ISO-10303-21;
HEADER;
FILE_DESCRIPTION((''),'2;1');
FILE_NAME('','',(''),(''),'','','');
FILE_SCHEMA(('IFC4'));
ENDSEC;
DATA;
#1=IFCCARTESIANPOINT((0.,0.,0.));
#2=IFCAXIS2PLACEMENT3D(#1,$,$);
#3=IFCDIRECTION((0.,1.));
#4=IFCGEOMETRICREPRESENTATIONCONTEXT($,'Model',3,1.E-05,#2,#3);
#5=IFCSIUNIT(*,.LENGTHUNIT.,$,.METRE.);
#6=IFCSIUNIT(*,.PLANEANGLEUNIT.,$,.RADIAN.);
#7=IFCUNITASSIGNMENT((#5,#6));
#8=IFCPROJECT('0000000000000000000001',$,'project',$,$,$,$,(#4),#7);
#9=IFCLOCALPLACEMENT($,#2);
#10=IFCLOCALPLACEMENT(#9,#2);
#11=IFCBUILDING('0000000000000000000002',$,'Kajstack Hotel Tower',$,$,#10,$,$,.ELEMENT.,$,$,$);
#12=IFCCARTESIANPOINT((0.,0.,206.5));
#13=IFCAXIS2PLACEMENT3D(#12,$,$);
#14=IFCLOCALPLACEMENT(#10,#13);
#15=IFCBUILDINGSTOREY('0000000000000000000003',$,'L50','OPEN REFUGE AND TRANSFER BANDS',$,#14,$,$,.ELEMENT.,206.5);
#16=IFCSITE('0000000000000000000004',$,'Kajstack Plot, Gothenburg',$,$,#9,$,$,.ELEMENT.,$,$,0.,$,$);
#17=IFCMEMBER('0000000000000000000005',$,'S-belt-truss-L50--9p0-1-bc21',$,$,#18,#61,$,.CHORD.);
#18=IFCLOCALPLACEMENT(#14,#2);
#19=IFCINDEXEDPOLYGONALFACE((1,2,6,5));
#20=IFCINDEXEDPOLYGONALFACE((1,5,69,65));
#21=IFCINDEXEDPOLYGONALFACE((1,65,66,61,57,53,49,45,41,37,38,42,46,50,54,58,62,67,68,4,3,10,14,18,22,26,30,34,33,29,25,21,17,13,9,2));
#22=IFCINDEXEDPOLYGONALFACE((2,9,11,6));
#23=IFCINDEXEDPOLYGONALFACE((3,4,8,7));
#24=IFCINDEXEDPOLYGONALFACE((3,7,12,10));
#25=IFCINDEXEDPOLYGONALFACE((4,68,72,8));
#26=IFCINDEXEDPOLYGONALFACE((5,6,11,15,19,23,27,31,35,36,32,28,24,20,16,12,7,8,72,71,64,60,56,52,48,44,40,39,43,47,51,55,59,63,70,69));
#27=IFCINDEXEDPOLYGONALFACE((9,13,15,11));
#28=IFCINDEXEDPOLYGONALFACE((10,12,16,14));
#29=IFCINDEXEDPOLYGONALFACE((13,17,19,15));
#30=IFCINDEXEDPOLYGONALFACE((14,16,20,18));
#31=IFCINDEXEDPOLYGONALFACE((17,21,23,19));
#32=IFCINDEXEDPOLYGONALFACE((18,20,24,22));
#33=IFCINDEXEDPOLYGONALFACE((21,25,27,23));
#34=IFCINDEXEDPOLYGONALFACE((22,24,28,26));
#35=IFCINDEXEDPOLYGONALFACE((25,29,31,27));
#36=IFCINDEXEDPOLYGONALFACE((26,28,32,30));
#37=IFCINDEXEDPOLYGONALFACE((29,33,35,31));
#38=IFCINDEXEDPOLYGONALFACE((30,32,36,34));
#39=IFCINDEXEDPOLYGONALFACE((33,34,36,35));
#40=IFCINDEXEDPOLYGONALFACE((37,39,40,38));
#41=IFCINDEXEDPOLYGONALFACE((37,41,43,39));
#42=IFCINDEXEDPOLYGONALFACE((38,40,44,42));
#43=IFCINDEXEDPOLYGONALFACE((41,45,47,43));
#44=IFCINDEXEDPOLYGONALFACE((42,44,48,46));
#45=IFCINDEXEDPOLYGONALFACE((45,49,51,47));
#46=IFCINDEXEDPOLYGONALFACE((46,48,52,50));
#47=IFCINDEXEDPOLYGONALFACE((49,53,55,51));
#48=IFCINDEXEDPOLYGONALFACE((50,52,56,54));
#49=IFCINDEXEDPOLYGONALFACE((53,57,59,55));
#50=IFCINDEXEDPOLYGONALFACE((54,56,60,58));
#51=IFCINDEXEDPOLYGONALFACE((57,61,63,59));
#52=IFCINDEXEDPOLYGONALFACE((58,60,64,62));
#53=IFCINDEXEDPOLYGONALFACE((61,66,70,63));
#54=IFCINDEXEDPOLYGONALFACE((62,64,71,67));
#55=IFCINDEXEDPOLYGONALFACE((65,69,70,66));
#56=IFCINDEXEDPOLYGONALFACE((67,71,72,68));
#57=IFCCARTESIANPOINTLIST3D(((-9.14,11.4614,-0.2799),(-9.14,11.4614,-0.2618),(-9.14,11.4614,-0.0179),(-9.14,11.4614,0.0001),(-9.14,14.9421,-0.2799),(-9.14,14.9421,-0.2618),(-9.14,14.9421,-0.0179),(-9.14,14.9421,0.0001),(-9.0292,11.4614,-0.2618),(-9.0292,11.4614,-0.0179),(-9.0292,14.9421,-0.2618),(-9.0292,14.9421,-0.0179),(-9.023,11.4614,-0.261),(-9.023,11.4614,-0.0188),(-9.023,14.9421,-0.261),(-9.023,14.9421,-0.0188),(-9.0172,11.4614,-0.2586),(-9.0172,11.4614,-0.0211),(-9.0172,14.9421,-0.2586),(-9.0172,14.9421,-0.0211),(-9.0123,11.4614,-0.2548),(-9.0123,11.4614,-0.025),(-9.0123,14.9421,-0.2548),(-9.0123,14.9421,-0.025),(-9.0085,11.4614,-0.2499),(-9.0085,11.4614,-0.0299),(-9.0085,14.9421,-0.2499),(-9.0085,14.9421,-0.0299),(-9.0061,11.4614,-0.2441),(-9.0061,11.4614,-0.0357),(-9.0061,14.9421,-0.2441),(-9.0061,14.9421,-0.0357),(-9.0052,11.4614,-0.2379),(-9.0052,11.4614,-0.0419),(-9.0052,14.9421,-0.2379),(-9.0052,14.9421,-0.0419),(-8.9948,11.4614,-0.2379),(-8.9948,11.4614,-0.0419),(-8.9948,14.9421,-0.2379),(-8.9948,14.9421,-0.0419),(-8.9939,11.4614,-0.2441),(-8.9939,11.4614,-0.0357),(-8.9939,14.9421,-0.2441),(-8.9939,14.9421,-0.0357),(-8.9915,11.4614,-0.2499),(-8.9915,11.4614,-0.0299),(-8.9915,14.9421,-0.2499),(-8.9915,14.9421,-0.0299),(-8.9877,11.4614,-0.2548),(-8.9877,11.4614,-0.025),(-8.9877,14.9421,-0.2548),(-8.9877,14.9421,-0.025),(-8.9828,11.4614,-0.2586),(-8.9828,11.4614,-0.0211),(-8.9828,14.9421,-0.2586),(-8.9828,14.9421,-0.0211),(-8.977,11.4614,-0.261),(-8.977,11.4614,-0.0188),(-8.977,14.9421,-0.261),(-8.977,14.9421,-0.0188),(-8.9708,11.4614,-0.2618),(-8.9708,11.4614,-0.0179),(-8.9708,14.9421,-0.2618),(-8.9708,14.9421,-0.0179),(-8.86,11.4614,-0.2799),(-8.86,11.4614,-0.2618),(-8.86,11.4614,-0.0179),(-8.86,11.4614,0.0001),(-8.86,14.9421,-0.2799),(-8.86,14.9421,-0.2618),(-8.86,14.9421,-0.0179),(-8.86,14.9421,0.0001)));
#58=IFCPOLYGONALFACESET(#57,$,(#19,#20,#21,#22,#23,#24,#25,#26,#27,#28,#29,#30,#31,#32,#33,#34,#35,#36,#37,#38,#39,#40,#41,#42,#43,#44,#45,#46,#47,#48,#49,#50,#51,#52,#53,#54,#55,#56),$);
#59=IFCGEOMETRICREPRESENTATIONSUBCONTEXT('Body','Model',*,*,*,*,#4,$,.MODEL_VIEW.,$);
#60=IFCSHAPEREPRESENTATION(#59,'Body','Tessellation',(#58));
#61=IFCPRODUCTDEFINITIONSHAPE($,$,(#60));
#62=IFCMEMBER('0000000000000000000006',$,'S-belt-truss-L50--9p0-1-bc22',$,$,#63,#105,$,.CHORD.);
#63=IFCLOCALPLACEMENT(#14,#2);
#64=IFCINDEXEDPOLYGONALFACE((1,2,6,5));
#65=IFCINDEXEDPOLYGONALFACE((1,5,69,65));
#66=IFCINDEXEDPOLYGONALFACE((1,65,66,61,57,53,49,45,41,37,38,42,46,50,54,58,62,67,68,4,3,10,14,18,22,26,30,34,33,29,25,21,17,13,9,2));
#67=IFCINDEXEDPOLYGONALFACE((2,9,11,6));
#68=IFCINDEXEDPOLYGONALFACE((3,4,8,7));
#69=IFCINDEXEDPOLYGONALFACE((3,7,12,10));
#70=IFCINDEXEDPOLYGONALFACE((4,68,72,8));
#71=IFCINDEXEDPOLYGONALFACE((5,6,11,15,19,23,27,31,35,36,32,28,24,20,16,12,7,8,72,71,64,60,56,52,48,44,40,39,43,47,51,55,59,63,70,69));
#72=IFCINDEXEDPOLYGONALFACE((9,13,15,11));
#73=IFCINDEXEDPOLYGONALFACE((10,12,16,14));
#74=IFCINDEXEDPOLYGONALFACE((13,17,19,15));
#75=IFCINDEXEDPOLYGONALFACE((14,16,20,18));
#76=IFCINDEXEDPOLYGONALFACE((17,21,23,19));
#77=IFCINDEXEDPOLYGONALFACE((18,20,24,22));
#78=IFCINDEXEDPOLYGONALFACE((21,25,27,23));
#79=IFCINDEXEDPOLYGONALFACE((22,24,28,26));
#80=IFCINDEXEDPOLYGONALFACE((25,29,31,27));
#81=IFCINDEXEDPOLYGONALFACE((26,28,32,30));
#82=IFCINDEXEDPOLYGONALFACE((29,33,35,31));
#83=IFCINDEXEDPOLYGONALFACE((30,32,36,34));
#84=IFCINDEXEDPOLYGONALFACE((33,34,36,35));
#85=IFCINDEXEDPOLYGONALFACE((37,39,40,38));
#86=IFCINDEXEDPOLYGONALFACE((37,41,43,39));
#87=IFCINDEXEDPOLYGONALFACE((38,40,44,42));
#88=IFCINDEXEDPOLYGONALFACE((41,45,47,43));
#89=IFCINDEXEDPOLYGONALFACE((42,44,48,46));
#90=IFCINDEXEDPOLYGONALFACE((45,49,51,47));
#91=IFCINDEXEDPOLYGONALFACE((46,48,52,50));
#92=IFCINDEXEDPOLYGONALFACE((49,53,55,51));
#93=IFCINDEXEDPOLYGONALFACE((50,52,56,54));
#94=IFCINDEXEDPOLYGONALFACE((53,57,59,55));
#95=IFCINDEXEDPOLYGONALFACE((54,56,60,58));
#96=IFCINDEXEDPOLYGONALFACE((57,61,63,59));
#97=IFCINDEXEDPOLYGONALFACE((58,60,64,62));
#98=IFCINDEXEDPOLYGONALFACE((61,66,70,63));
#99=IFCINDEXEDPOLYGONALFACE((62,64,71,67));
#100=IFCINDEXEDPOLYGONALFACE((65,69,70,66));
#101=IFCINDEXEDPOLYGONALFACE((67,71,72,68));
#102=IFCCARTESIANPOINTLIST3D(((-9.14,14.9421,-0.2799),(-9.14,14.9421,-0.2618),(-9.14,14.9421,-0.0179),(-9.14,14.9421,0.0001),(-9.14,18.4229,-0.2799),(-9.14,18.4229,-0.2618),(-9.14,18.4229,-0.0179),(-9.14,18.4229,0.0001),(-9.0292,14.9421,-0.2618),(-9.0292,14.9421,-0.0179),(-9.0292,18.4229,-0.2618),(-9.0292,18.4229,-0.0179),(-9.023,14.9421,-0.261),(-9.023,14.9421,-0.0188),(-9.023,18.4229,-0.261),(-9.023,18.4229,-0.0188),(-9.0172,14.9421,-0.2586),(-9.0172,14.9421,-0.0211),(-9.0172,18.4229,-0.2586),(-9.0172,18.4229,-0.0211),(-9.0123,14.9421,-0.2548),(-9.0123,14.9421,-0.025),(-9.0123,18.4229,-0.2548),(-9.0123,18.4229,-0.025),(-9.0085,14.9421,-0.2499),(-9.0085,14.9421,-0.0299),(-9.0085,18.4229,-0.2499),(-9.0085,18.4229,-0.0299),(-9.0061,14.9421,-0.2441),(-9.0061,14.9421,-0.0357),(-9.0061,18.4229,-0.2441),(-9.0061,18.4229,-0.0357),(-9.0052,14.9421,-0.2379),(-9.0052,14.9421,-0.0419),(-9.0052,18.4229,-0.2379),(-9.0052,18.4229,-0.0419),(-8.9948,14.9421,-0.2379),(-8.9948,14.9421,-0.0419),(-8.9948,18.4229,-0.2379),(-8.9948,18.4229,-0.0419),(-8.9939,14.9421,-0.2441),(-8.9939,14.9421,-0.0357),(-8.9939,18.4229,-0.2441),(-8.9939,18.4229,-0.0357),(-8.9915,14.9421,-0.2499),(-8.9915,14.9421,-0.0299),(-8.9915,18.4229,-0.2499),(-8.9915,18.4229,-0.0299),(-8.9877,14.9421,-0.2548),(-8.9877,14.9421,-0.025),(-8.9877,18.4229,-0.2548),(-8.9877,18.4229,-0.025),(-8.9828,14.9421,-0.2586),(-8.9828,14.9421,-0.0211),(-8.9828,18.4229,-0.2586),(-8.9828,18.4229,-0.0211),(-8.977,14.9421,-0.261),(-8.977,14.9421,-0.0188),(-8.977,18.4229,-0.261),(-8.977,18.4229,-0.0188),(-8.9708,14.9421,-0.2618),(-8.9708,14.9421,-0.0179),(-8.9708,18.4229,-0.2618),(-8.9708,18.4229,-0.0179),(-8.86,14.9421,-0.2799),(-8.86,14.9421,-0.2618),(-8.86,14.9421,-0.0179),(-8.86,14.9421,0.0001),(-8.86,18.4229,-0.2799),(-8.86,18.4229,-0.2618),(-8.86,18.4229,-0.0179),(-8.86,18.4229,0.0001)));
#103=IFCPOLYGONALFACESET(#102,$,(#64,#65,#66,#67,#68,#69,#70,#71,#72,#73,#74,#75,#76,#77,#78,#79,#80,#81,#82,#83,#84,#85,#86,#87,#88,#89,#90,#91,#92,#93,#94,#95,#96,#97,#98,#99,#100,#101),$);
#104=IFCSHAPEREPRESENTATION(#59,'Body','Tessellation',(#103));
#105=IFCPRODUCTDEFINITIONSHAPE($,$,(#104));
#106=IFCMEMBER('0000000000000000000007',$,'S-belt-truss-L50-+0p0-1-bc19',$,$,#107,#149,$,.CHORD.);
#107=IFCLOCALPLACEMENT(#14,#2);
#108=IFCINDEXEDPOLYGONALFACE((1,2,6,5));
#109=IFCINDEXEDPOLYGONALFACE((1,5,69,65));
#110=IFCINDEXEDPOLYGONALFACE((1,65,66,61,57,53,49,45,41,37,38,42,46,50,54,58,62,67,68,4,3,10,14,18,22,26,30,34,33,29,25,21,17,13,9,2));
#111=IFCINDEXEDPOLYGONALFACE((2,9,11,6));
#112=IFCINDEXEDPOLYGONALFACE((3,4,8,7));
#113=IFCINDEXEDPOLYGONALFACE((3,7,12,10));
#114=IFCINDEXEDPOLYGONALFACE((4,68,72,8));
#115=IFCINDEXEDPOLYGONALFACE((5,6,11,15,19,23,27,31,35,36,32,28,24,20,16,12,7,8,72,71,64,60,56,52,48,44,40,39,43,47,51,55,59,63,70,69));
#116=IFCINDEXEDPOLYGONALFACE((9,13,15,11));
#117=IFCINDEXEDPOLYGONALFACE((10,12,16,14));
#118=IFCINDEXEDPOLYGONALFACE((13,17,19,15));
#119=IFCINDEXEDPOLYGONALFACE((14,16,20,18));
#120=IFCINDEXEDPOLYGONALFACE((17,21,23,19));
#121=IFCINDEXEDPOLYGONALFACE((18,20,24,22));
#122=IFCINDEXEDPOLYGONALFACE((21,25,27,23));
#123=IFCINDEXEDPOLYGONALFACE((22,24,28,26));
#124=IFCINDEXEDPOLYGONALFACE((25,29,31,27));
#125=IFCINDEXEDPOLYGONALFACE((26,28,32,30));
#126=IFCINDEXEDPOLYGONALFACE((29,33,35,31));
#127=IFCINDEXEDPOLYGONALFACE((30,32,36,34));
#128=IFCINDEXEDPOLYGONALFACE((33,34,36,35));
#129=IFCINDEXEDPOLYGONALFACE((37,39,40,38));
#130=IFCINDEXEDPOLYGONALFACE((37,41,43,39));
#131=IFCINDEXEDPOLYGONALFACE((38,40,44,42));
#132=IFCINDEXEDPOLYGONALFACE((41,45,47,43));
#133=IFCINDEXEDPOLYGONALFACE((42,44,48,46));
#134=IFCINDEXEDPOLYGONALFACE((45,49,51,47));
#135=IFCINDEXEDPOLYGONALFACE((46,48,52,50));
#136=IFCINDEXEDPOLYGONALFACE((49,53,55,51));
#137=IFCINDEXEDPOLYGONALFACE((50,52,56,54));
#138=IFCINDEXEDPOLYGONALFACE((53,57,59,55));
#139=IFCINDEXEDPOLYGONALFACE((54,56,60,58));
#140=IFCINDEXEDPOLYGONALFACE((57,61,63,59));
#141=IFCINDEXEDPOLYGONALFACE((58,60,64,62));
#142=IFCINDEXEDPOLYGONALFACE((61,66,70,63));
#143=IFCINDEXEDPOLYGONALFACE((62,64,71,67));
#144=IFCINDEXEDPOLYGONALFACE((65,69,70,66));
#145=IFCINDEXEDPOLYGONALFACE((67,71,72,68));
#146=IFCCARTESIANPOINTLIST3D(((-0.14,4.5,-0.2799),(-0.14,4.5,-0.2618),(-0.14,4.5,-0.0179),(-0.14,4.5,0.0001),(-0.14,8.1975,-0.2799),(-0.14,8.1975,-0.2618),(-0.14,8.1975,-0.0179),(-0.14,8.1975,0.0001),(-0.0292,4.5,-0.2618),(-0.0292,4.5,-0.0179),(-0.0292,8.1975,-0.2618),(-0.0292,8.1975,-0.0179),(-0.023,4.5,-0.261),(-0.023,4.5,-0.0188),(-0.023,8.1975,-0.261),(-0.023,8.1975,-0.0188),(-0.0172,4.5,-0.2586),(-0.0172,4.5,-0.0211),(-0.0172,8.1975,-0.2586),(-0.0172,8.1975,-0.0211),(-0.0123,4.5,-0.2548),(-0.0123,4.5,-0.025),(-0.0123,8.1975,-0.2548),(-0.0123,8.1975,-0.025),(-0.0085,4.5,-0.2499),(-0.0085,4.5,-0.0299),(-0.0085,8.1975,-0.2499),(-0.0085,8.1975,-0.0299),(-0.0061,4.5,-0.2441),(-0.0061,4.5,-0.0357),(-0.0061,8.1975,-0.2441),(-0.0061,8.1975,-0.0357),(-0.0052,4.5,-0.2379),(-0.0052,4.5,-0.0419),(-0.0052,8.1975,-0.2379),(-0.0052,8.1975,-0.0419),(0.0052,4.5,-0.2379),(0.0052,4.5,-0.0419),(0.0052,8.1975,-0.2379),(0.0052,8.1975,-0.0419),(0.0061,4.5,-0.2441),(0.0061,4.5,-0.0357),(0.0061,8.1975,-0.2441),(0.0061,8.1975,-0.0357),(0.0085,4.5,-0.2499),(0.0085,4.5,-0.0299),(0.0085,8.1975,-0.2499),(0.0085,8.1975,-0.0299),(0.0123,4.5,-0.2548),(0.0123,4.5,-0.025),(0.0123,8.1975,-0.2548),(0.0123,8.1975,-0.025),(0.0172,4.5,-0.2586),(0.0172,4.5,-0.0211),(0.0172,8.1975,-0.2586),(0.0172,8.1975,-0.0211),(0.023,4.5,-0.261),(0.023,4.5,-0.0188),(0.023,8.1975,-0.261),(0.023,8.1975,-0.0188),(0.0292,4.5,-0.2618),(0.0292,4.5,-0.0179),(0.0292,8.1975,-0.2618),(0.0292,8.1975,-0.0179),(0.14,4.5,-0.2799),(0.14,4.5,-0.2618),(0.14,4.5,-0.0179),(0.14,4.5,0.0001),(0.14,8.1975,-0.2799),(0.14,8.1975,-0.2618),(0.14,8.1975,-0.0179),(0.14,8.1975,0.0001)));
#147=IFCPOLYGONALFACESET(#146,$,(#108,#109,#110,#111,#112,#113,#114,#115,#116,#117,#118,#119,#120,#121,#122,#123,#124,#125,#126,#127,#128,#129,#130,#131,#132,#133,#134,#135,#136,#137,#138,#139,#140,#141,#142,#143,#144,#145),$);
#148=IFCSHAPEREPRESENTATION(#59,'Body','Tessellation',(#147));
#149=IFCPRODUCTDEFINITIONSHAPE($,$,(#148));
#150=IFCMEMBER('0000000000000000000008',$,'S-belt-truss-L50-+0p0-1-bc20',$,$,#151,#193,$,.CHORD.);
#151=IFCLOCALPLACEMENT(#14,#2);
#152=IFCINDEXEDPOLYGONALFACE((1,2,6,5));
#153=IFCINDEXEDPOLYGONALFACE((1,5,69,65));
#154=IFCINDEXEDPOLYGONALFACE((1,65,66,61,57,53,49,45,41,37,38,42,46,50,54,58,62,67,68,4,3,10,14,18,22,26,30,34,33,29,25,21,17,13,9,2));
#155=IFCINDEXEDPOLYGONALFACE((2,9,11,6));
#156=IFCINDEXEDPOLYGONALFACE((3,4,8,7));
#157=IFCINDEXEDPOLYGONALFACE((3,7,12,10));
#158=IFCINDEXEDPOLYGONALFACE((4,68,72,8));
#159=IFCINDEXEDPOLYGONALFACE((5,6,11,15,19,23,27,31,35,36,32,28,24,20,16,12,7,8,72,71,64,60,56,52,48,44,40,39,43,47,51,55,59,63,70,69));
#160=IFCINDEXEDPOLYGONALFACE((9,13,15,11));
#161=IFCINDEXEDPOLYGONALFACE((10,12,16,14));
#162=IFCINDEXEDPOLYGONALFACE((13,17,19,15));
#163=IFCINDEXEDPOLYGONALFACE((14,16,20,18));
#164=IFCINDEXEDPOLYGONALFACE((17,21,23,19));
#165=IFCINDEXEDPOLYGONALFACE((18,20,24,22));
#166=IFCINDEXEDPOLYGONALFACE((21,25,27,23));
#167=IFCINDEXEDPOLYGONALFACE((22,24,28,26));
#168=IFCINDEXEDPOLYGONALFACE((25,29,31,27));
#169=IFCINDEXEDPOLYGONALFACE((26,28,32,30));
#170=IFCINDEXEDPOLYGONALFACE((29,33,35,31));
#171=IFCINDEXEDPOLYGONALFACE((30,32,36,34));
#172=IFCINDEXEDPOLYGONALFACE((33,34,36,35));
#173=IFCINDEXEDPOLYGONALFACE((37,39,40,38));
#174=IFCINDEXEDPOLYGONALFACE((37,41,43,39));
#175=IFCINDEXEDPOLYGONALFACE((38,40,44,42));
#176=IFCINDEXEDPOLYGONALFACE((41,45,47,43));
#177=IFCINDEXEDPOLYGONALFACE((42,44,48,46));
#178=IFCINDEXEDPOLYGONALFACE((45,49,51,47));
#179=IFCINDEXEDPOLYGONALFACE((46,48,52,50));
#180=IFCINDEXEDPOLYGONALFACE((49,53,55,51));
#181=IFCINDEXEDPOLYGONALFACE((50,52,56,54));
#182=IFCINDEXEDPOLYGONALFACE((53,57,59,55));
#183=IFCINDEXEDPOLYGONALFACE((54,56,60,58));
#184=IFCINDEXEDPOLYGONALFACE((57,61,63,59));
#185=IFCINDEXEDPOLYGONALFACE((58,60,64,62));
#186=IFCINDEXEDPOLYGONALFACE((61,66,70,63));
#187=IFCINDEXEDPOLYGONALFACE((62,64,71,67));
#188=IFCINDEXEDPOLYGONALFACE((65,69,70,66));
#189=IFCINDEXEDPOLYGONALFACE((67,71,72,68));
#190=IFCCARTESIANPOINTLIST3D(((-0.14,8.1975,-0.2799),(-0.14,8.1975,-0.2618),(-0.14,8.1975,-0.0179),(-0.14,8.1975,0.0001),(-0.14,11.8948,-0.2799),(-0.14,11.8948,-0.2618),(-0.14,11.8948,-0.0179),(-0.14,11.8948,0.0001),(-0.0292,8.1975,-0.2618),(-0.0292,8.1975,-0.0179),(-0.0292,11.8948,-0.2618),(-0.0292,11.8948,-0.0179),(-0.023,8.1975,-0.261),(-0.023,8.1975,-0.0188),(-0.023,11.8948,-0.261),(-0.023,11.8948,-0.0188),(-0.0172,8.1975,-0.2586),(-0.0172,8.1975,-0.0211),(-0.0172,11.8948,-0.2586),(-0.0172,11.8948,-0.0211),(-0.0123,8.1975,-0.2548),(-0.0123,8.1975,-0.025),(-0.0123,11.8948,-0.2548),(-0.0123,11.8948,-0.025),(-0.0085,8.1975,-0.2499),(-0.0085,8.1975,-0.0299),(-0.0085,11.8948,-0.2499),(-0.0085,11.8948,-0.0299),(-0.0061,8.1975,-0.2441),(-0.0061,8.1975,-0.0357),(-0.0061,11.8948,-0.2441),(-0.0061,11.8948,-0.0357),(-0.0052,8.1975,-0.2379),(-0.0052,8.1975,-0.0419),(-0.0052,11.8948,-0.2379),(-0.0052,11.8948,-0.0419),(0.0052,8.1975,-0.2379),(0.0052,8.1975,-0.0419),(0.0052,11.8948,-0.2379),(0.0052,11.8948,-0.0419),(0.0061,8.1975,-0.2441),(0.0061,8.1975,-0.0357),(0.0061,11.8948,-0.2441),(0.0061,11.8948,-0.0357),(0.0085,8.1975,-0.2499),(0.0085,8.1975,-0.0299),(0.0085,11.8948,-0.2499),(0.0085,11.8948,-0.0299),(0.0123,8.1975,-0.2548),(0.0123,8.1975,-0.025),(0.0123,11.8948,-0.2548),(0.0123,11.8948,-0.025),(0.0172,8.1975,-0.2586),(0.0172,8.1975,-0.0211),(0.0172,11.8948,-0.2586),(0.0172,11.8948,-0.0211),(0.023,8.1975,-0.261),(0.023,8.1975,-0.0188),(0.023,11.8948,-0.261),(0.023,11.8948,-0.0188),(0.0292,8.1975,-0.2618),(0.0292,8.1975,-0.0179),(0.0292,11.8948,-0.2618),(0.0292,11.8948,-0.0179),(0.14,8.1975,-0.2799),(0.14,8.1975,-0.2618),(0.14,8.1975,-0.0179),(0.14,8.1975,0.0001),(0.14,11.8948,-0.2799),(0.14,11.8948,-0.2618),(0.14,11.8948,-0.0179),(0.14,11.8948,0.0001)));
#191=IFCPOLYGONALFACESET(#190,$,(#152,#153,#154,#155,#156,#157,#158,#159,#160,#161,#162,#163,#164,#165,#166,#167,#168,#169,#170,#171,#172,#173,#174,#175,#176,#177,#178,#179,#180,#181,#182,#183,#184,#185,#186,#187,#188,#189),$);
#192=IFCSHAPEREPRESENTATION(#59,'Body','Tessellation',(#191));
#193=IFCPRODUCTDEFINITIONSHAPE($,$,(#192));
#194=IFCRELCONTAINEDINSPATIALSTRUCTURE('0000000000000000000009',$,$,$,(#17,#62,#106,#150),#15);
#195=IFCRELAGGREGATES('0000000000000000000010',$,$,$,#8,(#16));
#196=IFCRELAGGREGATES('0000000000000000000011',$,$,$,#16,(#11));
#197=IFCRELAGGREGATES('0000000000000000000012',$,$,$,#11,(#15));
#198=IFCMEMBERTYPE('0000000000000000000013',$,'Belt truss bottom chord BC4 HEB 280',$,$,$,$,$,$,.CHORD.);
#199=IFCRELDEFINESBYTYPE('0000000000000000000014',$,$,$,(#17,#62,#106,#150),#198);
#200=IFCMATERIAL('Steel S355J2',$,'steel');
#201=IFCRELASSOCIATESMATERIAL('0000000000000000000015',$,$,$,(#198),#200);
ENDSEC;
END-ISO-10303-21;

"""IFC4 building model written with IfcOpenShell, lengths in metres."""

from ifc_helpers import new_model, si_unit, direction, frame, origin, origin_2d, place, context, subcontext, project, spatial, i_section, extrude, material, material_profile, profile_set, type_object, element, save


model = new_model("IFC4")

# Units and contexts
model_context = context("Model", 3, precision=1e-05, world=origin(), true_north=direction((0.0, 1.0)))
body_context = subcontext(model_context, "Body", "Model", "MODEL_VIEW")
ifc_project = project(units=[si_unit("LENGTHUNIT", "METRE"), si_unit("PLANEANGLEUNIT", "RADIAN")], contexts=[model_context])

# Site, building, storey
site_placement = place(None, origin())
site = spatial("IfcSite", under=ifc_project, at=site_placement, Name="Kajstack Plot, Gothenburg", CompositionType="ELEMENT", RefElevation=0.0)
building_placement = place(site_placement, origin())
building = spatial("IfcBuilding", under=site, at=building_placement, Name="Kajstack Hotel Tower", CompositionType="ELEMENT")
storey_placement = place(building_placement, frame((0.0, 0.0, 206.5)))
storey = spatial("IfcBuildingStorey", under=building, at=storey_placement, Name="L50", Description="OPEN REFUGE AND TRANSFER BANDS", CompositionType="ELEMENT", Elevation=206.5)

# Members
ifc_material = material(Name="Steel S355J2", Category="steel")
ifc_material_profile_1 = material_profile(ifc_material, i_section(OverallWidth=0.28, OverallDepth=0.28, WebThickness=0.0105, FlangeThickness=0.0181, FilletRadius=0.0239, at=origin_2d()), Name="HEB 280")
ifc_profile_set_1 = profile_set([ifc_material_profile_1], Name="Steel S355J2")
member_type_1 = type_object("IfcMemberType", Name="Belt truss bottom chord BC4 HEB 280", PredefinedType="CHORD", material=ifc_profile_set_1)
for number, where, z_axis, x_axis, name in (
    (1, (-9.0, 11.4614, -0.1399), (0.0, 1.0, 0.0), (-1.0, 0.0, 0.0), "S-belt-truss-L50--9p0-1-bc21"),
    (2, (-9.0, 14.9421, -0.1399), (0.0, 1.0, 0.0), (-1.0, 0.0, 0.0), "S-belt-truss-L50--9p0-1-bc22"),
):
    element("IfcMember", number, at=place(storey_placement, frame(where, z_axis=z_axis, x_axis=x_axis)), inside=storey, type_object=member_type_1, Name=name, PredefinedType="CHORD", context=body_context, shape_type="SweptSolid", body=[
        extrude(i_section(OverallWidth=0.28, OverallDepth=0.28, WebThickness=0.0105, FlangeThickness=0.0181, FilletRadius=0.0239, at=origin_2d()), origin(), (0.0, 0.0, 1.0), 3.4807),
    ])
member_1_placement = place(storey_placement, frame((0.0, 4.5, -0.1399), z_axis=(0.0, 1.0, 0.0), x_axis=(-1.0, 0.0, 0.0)))
element("IfcMember", 3, at=member_1_placement, inside=storey, type_object=member_type_1, Name="S-belt-truss-L50-+0p0-1-bc19", PredefinedType="CHORD", context=body_context, shape_type="SweptSolid", body=[
    extrude(i_section(OverallWidth=0.28, OverallDepth=0.28, WebThickness=0.0105, FlangeThickness=0.0181, FilletRadius=0.0239, at=origin_2d()), origin(), (0.0, 0.0, 1.0), 3.6975),
])
for number, where, z_axis, x_axis, name in (
    (4, (0.0, 8.1975, -0.1399), (0.0, 1.0, 0.0), (-1.0, 0.0, 0.0), "S-belt-truss-L50-+0p0-1-bc20"),
):
    element("IfcMember", number, at=place(storey_placement, frame(where, z_axis=z_axis, x_axis=x_axis)), inside=storey, type_object=member_type_1, Name=name, PredefinedType="CHORD", context=body_context, shape_type="SweptSolid", body=[
        extrude(i_section(OverallWidth=0.28, OverallDepth=0.28, WebThickness=0.0105, FlangeThickness=0.0181, FilletRadius=0.0239, at=origin_2d()), origin(), (0.0, 0.0, 1.0), 3.6973),
    ])

save(model, "model.ifc")
